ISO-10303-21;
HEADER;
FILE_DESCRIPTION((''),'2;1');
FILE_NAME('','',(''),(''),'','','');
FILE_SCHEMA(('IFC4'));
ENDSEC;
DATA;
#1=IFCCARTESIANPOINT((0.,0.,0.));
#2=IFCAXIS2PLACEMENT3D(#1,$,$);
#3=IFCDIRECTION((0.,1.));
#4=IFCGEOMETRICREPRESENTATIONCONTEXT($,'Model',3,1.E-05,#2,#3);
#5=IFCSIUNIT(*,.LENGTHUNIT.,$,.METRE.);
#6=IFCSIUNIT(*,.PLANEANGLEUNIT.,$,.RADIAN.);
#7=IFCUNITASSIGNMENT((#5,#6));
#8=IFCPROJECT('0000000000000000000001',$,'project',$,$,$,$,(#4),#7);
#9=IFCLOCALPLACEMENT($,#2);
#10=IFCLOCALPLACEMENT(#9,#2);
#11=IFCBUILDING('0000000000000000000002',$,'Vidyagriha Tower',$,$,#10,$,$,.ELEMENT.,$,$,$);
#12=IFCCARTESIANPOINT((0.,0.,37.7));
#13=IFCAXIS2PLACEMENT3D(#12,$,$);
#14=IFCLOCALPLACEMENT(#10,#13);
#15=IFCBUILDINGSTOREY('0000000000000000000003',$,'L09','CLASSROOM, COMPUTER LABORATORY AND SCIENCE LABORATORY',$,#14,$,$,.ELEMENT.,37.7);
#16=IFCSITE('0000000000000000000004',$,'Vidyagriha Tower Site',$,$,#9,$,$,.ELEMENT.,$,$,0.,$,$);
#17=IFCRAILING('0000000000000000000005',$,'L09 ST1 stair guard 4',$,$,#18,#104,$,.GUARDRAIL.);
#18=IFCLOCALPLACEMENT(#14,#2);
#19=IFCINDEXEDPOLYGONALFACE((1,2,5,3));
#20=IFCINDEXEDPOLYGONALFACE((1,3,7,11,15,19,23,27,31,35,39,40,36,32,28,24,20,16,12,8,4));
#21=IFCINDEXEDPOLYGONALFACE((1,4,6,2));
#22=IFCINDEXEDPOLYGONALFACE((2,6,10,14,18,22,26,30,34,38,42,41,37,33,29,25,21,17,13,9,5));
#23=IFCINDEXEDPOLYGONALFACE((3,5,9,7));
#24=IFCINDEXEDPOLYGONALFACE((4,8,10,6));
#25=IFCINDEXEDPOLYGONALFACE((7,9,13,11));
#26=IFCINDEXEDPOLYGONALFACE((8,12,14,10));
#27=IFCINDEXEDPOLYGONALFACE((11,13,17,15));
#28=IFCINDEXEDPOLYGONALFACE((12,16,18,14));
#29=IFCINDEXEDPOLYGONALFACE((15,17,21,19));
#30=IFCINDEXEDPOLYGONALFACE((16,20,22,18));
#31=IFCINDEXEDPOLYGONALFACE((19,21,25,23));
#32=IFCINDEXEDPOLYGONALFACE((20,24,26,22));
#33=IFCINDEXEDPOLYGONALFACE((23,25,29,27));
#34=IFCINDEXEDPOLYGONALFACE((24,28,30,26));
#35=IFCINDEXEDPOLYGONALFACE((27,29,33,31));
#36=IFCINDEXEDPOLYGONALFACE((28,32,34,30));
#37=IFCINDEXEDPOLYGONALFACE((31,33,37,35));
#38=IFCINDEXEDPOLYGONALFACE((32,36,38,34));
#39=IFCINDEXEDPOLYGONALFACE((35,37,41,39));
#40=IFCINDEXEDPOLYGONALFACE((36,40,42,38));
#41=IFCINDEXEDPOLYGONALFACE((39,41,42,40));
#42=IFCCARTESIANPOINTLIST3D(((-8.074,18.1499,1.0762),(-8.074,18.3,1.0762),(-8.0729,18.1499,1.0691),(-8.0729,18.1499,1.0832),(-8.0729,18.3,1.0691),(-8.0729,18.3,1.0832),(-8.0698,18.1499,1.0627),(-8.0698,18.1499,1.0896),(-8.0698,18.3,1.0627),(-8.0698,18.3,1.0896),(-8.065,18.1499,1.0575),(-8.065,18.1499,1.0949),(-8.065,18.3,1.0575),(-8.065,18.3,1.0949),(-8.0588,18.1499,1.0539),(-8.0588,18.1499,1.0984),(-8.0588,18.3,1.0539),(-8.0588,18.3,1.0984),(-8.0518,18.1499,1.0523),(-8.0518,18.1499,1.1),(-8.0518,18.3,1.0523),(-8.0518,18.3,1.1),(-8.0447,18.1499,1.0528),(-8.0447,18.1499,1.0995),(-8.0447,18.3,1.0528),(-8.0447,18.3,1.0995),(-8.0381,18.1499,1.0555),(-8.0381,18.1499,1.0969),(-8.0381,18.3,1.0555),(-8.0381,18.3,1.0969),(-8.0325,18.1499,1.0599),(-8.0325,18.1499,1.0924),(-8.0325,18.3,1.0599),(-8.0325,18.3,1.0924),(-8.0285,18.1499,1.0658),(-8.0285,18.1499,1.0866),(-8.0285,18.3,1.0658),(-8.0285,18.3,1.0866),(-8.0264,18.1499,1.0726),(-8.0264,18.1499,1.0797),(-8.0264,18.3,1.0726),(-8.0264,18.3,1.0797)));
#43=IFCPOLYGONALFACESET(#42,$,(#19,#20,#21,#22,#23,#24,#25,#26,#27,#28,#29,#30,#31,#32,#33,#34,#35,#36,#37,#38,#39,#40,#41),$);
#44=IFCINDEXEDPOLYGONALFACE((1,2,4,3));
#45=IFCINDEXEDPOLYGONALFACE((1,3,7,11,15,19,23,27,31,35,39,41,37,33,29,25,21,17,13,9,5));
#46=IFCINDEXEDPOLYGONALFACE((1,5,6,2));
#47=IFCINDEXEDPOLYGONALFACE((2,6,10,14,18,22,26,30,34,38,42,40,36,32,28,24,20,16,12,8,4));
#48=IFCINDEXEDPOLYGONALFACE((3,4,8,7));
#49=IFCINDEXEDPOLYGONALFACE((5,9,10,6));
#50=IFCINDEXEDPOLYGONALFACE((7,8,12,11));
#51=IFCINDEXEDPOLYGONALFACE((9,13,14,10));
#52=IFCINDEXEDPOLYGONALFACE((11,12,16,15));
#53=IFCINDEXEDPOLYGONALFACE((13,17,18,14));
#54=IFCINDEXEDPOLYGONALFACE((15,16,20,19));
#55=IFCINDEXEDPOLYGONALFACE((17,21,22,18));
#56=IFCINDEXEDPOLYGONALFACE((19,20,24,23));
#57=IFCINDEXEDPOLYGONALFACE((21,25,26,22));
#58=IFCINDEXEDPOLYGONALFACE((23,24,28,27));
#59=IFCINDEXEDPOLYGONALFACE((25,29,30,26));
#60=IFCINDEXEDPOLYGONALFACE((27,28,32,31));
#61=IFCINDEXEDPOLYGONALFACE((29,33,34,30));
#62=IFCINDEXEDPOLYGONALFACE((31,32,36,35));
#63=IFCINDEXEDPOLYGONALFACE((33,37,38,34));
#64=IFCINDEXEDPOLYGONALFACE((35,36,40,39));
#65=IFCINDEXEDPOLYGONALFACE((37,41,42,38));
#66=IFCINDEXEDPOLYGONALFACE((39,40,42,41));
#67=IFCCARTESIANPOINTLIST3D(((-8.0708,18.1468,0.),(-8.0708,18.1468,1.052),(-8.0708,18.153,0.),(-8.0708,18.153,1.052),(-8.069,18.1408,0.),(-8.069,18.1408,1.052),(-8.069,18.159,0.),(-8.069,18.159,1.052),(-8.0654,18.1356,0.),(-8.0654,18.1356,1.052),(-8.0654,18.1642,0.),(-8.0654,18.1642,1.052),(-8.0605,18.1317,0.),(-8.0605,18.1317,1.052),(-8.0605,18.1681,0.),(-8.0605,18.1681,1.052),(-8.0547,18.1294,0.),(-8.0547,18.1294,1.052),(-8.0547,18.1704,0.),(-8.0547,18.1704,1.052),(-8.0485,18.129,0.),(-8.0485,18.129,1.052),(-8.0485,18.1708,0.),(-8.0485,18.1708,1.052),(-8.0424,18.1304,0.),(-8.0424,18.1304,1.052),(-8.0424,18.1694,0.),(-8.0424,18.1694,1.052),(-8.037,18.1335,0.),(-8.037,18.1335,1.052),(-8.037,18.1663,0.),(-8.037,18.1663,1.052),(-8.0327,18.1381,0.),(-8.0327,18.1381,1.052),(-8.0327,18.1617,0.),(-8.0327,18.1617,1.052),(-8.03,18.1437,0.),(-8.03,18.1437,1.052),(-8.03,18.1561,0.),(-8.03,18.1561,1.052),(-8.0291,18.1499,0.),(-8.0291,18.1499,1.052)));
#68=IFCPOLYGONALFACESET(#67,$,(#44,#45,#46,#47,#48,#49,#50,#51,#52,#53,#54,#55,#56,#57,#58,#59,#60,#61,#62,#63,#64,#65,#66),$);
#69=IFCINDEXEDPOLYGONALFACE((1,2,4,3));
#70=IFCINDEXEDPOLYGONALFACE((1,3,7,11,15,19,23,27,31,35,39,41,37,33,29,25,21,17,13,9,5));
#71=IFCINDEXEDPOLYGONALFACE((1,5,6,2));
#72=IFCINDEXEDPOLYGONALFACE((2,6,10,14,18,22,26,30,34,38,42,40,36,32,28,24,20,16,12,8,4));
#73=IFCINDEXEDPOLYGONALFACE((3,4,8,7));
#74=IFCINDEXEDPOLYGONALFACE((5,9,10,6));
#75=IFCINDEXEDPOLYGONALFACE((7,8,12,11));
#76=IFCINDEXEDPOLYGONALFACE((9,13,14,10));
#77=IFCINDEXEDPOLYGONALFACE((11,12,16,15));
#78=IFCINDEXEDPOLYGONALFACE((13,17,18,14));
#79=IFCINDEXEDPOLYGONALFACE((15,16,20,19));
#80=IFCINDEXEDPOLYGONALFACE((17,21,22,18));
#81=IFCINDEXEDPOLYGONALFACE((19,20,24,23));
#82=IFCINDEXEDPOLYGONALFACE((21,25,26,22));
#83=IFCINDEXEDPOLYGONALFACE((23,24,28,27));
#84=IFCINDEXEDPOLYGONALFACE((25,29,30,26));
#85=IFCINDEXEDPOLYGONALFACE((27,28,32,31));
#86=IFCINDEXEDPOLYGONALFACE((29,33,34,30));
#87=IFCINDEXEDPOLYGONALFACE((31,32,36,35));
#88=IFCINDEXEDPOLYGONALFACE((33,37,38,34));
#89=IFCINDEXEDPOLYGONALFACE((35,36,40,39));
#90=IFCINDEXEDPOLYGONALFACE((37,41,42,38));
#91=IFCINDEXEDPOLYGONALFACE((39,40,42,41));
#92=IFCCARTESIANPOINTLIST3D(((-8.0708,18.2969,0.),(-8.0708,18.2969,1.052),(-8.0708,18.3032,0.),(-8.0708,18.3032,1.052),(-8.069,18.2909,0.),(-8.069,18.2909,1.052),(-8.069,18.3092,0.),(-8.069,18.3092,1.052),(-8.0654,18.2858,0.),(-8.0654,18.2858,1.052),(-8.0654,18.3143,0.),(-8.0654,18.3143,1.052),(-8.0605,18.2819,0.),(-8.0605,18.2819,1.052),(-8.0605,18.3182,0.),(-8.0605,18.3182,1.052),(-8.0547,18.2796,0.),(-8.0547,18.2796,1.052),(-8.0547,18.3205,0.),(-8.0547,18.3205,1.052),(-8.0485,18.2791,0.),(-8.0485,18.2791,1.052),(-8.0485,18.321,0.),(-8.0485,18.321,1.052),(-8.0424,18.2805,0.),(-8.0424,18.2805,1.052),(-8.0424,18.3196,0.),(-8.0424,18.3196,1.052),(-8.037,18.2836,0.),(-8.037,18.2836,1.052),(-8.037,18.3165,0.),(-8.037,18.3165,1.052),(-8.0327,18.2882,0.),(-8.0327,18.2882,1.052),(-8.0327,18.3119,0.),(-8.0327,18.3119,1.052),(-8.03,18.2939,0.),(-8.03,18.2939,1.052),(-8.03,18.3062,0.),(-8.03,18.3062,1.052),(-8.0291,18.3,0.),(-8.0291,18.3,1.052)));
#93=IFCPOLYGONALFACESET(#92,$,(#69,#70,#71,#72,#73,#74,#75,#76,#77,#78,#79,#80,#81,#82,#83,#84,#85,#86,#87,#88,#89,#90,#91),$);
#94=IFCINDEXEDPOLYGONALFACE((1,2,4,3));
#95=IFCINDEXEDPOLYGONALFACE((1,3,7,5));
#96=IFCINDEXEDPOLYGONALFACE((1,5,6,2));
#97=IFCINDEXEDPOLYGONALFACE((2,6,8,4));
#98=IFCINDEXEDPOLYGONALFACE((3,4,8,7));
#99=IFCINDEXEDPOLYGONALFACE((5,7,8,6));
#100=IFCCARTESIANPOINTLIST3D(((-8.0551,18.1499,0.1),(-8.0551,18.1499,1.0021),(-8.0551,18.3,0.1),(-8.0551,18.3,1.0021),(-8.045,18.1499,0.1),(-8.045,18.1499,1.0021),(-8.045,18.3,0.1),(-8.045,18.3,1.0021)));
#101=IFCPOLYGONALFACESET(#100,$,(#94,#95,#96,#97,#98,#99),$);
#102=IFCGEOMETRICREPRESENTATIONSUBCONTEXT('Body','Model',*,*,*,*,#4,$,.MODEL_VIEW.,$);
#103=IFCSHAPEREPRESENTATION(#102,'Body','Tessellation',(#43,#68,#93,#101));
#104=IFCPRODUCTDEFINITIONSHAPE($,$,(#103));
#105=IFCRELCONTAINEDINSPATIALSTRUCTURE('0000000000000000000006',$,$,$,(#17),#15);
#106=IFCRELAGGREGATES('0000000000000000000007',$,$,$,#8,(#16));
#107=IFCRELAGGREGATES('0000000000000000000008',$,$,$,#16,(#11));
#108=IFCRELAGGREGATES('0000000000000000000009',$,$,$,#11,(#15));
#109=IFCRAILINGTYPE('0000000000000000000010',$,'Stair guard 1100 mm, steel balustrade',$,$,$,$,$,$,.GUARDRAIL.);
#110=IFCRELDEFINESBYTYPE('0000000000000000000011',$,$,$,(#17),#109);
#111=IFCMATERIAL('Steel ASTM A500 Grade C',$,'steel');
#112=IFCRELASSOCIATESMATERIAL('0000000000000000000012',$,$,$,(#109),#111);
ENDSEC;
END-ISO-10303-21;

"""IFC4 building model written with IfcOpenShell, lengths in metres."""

from ifc_helpers import new_model, si_unit, direction, frame, origin, origin_2d, place, context, subcontext, project, spatial, rectangle, circle, extrude, material, type_object, element, save


model = new_model("IFC4")

# Units and contexts
model_context = context("Model", 3, precision=1e-05, world=origin(), true_north=direction((0.0, 1.0)))
body_context = subcontext(model_context, "Body", "Model", "MODEL_VIEW")
ifc_project = project(units=[si_unit("LENGTHUNIT", "METRE"), si_unit("PLANEANGLEUNIT", "RADIAN")], contexts=[model_context])

# Site, building, storey
site_placement = place(None, origin())
site = spatial("IfcSite", under=ifc_project, at=site_placement, Name="Vidyagriha Tower Site", CompositionType="ELEMENT", RefElevation=0.0)
building_placement = place(site_placement, origin())
building = spatial("IfcBuilding", under=site, at=building_placement, Name="Vidyagriha Tower", CompositionType="ELEMENT")
storey_placement = place(building_placement, frame((0.0, 0.0, 37.7)))
storey = spatial("IfcBuildingStorey", under=building, at=storey_placement, Name="L09", Description="CLASSROOM, COMPUTER LABORATORY AND SCIENCE LABORATORY", CompositionType="ELEMENT", Elevation=37.7)

# Railing
ifc_material_1 = material(Name="Steel ASTM A500 Grade C", Category="steel")
railing_type_1 = type_object("IfcRailingType", Name="Stair guard 1100 mm, steel balustrade", PredefinedType="GUARDRAIL", material=ifc_material_1)
railing_1_placement = place(storey_placement, frame((-8.05, 18.1499, 0.0)))
element("IfcRailing", 1, at=railing_1_placement, inside=storey, type_object=railing_type_1, Name="L09 ST1 stair guard 4", PredefinedType="GUARDRAIL", context=body_context, shape_type="SweptSolid", body=[
    extrude(circle(Radius=0.0239, at=origin_2d()), frame((0.0, 0.0, 1.0762), z_axis=(0.0, 1.0, 0.0), x_axis=(-1.0, 0.0, 0.0)), (0.0, 0.0, 1.0), 0.1501),
    extrude(circle(Radius=0.021, at=origin_2d()), origin(), (0.0, 0.0, 1.0), 1.052),
    extrude(circle(Radius=0.021, at=origin_2d()), frame((0.0, 0.1501, 0.0)), (0.0, 0.0, 1.0), 1.052),
    extrude(rectangle(XDim=0.01, YDim=0.9021, at=origin_2d()), frame((0.0, 0.0, 0.551), z_axis=(0.0, 1.0, 0.0), x_axis=(-1.0, 0.0, 0.0)), (0.0, 0.0, 1.0), 0.1501),
])

save(model, "model.ifc")
